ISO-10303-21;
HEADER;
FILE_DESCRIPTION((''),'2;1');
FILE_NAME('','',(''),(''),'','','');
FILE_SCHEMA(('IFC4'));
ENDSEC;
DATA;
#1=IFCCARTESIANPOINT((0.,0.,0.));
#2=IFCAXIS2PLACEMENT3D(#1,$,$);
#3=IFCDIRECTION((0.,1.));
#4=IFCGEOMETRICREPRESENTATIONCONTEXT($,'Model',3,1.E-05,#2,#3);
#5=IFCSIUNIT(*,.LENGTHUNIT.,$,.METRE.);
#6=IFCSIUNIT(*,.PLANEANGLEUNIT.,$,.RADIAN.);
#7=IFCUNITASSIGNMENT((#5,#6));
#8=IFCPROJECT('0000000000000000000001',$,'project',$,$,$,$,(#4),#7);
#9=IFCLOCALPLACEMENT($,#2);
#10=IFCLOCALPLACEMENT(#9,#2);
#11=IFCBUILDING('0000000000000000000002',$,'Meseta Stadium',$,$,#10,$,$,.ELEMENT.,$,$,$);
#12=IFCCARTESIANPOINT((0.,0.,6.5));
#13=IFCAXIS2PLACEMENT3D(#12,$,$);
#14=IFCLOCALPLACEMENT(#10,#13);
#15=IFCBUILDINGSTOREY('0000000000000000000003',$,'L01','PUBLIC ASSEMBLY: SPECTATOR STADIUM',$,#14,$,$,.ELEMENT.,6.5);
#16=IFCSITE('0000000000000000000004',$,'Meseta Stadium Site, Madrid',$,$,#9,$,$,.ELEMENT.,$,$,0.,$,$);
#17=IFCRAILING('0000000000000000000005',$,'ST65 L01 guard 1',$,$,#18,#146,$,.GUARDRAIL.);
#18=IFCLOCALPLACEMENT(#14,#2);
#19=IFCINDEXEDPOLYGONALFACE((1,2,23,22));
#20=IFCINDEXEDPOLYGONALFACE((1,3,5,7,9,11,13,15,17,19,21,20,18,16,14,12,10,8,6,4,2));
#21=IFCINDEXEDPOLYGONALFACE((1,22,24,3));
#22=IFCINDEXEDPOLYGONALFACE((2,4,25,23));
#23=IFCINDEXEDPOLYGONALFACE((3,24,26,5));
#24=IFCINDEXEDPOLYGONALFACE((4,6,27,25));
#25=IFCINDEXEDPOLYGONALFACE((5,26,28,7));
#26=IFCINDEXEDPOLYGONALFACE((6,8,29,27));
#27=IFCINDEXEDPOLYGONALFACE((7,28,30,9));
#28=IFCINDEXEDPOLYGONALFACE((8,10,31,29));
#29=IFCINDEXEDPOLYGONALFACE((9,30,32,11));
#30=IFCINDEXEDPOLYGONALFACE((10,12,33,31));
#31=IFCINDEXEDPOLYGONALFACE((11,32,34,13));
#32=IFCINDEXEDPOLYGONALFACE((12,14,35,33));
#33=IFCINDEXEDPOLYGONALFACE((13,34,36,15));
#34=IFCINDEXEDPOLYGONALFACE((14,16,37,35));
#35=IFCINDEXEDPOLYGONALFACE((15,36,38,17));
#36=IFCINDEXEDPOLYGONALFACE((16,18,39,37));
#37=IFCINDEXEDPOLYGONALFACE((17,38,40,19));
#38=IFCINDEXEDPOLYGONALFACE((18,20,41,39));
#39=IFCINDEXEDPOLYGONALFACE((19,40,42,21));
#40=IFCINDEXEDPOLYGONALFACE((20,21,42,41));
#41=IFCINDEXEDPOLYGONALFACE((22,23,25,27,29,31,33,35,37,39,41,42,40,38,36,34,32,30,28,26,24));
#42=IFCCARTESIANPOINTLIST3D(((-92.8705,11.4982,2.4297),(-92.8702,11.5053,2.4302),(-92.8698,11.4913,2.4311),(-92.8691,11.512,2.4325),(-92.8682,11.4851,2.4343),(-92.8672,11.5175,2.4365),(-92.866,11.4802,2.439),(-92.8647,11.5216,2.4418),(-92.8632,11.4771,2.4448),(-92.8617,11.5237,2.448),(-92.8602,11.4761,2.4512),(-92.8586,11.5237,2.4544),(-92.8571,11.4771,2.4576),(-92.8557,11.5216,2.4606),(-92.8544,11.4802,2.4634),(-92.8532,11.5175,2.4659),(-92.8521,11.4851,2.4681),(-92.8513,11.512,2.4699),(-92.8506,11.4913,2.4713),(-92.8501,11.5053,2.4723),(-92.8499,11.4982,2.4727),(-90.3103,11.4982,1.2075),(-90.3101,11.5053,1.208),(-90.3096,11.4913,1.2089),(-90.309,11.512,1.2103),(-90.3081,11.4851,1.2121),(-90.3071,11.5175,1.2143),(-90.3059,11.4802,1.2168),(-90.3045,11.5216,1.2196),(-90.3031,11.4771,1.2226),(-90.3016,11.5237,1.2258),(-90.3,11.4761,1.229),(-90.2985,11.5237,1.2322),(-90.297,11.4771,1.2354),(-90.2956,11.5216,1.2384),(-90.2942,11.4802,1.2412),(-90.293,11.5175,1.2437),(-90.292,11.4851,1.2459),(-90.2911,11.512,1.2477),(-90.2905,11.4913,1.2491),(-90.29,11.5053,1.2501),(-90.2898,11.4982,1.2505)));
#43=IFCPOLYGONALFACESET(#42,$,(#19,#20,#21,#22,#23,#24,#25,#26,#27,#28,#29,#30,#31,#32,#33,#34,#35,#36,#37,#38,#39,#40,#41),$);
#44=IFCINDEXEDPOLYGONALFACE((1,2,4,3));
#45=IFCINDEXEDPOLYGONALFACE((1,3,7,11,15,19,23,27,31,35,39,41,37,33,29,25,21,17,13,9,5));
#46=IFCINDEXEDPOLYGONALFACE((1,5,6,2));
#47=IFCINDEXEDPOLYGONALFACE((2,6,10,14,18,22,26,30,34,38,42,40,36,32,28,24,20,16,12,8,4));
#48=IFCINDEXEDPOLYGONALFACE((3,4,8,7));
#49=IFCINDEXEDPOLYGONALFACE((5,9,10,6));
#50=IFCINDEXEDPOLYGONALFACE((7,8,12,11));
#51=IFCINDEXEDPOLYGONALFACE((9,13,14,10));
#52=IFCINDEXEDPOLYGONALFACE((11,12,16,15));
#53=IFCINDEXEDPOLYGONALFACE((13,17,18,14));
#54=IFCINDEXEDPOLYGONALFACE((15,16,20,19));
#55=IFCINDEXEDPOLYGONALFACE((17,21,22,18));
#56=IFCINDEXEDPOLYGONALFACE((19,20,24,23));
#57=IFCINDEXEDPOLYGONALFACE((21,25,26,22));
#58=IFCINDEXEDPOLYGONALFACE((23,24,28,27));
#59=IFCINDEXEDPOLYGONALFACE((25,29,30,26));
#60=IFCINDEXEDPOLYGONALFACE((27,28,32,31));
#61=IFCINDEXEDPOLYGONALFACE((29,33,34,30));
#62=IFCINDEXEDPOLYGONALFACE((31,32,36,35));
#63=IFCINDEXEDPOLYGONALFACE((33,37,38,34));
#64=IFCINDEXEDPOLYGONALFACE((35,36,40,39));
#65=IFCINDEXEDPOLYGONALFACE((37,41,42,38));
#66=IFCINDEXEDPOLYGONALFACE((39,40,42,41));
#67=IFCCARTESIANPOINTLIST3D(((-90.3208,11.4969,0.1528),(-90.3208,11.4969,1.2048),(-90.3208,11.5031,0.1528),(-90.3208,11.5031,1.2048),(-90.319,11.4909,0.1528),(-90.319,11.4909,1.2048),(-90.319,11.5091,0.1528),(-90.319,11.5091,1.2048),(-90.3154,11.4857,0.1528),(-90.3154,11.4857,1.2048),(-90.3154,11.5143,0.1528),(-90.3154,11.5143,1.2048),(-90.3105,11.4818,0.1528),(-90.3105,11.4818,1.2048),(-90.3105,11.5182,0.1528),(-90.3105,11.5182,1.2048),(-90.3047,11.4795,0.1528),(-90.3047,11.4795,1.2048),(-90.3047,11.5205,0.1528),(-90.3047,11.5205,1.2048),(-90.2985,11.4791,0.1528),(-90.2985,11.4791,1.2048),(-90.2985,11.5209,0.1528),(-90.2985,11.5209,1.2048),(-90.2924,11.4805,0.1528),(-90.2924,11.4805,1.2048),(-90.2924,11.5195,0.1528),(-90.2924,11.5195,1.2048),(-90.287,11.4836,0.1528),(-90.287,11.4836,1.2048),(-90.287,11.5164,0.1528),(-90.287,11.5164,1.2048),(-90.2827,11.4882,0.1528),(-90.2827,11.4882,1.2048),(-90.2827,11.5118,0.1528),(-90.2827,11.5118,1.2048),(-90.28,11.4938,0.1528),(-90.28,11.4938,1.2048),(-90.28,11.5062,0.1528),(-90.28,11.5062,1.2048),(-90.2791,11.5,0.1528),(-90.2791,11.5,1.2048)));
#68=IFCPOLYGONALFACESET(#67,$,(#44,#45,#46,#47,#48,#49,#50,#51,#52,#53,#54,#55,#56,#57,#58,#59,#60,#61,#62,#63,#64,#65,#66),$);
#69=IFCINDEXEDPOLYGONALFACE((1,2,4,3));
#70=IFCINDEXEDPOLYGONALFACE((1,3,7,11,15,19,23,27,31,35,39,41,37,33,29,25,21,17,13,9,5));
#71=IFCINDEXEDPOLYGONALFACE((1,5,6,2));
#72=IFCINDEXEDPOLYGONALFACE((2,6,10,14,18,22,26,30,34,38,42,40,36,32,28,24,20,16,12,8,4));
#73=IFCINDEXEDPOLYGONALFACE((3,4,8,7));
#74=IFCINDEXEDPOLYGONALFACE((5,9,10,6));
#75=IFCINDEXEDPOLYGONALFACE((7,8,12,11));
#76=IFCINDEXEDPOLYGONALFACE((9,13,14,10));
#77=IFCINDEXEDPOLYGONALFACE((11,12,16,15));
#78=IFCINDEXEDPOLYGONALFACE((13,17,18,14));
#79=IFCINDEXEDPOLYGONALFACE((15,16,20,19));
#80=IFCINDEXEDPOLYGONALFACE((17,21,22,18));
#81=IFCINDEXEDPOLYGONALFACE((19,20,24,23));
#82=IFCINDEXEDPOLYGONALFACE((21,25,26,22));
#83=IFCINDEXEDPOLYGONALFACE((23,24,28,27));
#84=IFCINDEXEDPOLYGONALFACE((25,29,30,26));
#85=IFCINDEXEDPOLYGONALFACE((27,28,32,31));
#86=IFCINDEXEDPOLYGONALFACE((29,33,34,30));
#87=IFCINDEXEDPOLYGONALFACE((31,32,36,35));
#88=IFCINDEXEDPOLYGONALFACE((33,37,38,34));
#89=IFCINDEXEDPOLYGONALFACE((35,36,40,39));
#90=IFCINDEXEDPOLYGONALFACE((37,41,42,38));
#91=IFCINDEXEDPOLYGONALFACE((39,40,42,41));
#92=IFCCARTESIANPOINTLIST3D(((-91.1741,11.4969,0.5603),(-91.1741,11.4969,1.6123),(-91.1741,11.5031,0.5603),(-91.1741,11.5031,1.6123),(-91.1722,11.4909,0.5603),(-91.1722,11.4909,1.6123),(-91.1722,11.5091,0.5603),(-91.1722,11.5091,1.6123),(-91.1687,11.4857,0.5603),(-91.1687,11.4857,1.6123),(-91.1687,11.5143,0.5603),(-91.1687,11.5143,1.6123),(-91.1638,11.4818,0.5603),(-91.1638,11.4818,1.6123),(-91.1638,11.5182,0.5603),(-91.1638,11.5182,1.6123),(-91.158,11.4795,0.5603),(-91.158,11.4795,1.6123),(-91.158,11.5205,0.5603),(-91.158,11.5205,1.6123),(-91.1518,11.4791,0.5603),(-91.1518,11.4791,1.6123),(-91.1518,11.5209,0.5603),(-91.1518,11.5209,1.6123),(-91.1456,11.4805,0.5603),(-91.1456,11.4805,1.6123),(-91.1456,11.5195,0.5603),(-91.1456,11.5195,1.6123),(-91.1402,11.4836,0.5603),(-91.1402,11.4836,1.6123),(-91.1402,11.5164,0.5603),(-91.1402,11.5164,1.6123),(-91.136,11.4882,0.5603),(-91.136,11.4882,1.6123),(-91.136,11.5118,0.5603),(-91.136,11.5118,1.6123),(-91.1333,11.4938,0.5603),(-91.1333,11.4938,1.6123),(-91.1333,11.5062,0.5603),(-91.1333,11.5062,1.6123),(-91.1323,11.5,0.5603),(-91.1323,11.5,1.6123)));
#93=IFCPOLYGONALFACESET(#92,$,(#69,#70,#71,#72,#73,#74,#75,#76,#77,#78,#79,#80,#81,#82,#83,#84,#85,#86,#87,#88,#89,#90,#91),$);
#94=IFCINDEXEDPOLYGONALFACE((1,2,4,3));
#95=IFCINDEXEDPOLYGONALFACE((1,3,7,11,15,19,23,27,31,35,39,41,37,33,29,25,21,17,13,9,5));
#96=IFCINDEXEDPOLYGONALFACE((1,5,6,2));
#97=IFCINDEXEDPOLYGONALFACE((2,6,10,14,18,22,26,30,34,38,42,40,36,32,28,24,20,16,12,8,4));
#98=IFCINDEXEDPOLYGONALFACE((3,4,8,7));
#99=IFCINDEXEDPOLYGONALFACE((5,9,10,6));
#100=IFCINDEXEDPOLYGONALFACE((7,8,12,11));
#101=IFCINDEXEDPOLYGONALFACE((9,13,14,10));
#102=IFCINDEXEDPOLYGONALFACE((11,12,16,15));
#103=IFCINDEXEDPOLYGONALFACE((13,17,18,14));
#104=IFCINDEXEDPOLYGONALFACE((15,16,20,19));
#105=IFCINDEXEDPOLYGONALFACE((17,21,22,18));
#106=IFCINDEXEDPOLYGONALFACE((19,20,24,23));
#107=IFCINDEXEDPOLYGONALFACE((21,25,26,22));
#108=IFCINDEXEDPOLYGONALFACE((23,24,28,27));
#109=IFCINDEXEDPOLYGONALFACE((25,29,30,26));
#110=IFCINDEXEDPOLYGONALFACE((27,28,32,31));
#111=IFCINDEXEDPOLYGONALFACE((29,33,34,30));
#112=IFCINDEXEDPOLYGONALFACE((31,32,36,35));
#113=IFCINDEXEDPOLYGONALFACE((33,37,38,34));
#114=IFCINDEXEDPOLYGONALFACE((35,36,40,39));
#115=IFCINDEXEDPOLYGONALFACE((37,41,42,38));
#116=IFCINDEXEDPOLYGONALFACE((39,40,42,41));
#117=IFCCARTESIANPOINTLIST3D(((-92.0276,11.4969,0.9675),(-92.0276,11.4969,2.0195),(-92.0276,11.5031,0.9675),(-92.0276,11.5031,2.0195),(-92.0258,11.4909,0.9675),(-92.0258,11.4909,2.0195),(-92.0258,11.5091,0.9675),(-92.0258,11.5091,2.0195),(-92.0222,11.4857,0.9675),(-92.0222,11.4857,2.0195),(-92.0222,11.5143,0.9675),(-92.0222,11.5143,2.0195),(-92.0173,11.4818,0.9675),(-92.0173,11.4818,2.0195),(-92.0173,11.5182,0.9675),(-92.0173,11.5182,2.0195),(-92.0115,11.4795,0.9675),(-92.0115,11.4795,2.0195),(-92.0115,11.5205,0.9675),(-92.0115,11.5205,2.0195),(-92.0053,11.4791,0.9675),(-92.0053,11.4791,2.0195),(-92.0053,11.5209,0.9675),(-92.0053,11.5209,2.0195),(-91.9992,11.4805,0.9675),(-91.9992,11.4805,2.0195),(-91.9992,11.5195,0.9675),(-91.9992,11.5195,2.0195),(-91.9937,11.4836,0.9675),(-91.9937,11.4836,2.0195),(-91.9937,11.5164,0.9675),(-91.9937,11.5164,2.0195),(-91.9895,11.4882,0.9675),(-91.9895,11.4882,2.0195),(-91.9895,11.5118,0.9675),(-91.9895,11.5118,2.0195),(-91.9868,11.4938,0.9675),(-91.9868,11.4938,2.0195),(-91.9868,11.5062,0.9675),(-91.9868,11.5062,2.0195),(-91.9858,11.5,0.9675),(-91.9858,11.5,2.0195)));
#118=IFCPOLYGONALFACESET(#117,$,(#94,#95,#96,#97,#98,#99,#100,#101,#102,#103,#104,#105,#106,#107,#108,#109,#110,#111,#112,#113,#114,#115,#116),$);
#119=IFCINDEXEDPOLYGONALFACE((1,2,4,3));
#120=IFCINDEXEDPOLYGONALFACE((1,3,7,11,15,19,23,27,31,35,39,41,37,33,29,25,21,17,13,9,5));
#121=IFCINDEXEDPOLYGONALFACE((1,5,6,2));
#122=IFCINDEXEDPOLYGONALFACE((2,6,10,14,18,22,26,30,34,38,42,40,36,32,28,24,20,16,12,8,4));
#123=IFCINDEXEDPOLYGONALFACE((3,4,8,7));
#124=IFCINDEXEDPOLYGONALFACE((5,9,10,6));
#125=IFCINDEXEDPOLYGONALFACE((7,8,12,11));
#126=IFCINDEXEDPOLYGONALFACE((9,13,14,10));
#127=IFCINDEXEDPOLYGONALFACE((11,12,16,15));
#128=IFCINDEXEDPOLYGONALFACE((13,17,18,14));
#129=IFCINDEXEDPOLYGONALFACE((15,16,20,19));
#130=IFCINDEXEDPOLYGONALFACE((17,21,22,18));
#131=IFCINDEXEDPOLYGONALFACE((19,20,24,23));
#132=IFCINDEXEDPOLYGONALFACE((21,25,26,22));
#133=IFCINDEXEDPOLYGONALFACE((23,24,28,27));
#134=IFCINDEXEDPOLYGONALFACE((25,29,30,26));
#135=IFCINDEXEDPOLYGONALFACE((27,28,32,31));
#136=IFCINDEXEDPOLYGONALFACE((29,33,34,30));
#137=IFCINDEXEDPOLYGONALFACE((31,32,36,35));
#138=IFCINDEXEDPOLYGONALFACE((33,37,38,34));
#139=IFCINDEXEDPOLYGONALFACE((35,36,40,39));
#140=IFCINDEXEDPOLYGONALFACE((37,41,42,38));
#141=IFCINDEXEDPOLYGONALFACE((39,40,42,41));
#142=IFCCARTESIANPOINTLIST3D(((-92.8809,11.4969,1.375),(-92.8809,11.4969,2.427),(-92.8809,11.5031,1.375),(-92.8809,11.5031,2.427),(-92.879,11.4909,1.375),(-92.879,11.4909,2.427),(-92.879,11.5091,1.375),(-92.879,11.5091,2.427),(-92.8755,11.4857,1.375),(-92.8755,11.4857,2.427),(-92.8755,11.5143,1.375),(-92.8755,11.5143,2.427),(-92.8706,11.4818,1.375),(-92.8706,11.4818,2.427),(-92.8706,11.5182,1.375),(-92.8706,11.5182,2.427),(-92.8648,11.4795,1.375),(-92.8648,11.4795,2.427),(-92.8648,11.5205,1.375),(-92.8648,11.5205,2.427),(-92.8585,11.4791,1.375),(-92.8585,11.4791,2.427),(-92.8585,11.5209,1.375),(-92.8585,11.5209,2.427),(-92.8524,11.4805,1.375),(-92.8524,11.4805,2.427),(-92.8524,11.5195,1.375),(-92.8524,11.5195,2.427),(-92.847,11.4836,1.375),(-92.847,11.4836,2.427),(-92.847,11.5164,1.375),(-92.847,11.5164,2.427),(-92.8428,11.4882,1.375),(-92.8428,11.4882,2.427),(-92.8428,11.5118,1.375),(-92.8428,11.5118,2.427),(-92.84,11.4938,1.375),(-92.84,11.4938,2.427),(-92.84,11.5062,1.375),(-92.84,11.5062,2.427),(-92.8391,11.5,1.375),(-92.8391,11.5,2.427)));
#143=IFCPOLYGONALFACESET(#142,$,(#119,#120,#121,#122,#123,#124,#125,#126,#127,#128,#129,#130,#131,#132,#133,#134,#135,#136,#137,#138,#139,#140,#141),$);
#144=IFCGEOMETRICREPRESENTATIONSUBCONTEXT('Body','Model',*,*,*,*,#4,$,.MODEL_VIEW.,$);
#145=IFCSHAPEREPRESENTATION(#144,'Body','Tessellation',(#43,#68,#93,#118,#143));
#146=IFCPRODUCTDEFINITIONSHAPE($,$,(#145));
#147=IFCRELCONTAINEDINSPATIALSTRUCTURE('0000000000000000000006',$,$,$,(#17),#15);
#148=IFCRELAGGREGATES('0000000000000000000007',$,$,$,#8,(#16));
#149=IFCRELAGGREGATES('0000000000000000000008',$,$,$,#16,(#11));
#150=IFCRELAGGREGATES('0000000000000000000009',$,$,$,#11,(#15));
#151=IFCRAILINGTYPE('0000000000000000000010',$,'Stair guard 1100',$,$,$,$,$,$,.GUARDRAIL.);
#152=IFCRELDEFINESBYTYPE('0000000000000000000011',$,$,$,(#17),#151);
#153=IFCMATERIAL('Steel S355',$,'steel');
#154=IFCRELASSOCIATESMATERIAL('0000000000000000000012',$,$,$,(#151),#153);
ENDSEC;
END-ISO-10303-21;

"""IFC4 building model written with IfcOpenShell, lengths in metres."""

from ifc_helpers import new_model, si_unit, direction, frame, origin, origin_2d, place, context, subcontext, project, spatial, circle, extrude, material, type_object, element, save


model = new_model("IFC4")

# Units and contexts
model_context = context("Model", 3, precision=1e-05, world=origin(), true_north=direction((0.0, 1.0)))
body_context = subcontext(model_context, "Body", "Model", "MODEL_VIEW")
ifc_project = project(units=[si_unit("LENGTHUNIT", "METRE"), si_unit("PLANEANGLEUNIT", "RADIAN")], contexts=[model_context])

# Site, building, storey
site_placement = place(None, origin())
site = spatial("IfcSite", under=ifc_project, at=site_placement, Name="Meseta Stadium Site, Madrid", CompositionType="ELEMENT", RefElevation=0.0)
building_placement = place(site_placement, origin())
building = spatial("IfcBuilding", under=site, at=building_placement, Name="Meseta Stadium", CompositionType="ELEMENT")
storey_placement = place(building_placement, frame((0.0, 0.0, 6.5)))
storey = spatial("IfcBuildingStorey", under=building, at=storey_placement, Name="L01", Description="PUBLIC ASSEMBLY: SPECTATOR STADIUM", CompositionType="ELEMENT", Elevation=6.5)

# Railing
ifc_material_1 = material(Name="Steel S355", Category="steel")
railing_type_1 = type_object("IfcRailingType", Name="Stair guard 1100", PredefinedType="GUARDRAIL", material=ifc_material_1)
railing_1_placement = place(storey_placement, frame((-90.3, 11.5, 0.1528)))
element("IfcRailing", 1, at=railing_1_placement, inside=storey, type_object=railing_type_1, Name="ST65 L01 guard 1", PredefinedType="GUARDRAIL", context=body_context, shape_type="SweptSolid", body=[
    extrude(circle(Radius=0.0239, at=origin_2d()), frame((0.0, 0.0, 1.0762), z_axis=(-0.902437, 0.0, 0.430822), x_axis=(0.0, -1.0, 0.0)), (0.0, 0.0, 1.0), 2.8369),
    extrude(circle(Radius=0.021, at=origin_2d()), origin(), (0.0, 0.0, 1.0), 1.052),
    extrude(circle(Radius=0.021, at=origin_2d()), frame((-0.8533, 0.0, 0.4075)), (0.0, 0.0, 1.0), 1.052),
    extrude(circle(Radius=0.021, at=origin_2d()), frame((-1.7068, 0.0, 0.8147)), (0.0, 0.0, 1.0), 1.052),
    extrude(circle(Radius=0.021, at=origin_2d()), frame((-2.5601, 0.0, 1.2222)), (0.0, 0.0, 1.0), 1.052),
])

save(model, "model.ifc")
